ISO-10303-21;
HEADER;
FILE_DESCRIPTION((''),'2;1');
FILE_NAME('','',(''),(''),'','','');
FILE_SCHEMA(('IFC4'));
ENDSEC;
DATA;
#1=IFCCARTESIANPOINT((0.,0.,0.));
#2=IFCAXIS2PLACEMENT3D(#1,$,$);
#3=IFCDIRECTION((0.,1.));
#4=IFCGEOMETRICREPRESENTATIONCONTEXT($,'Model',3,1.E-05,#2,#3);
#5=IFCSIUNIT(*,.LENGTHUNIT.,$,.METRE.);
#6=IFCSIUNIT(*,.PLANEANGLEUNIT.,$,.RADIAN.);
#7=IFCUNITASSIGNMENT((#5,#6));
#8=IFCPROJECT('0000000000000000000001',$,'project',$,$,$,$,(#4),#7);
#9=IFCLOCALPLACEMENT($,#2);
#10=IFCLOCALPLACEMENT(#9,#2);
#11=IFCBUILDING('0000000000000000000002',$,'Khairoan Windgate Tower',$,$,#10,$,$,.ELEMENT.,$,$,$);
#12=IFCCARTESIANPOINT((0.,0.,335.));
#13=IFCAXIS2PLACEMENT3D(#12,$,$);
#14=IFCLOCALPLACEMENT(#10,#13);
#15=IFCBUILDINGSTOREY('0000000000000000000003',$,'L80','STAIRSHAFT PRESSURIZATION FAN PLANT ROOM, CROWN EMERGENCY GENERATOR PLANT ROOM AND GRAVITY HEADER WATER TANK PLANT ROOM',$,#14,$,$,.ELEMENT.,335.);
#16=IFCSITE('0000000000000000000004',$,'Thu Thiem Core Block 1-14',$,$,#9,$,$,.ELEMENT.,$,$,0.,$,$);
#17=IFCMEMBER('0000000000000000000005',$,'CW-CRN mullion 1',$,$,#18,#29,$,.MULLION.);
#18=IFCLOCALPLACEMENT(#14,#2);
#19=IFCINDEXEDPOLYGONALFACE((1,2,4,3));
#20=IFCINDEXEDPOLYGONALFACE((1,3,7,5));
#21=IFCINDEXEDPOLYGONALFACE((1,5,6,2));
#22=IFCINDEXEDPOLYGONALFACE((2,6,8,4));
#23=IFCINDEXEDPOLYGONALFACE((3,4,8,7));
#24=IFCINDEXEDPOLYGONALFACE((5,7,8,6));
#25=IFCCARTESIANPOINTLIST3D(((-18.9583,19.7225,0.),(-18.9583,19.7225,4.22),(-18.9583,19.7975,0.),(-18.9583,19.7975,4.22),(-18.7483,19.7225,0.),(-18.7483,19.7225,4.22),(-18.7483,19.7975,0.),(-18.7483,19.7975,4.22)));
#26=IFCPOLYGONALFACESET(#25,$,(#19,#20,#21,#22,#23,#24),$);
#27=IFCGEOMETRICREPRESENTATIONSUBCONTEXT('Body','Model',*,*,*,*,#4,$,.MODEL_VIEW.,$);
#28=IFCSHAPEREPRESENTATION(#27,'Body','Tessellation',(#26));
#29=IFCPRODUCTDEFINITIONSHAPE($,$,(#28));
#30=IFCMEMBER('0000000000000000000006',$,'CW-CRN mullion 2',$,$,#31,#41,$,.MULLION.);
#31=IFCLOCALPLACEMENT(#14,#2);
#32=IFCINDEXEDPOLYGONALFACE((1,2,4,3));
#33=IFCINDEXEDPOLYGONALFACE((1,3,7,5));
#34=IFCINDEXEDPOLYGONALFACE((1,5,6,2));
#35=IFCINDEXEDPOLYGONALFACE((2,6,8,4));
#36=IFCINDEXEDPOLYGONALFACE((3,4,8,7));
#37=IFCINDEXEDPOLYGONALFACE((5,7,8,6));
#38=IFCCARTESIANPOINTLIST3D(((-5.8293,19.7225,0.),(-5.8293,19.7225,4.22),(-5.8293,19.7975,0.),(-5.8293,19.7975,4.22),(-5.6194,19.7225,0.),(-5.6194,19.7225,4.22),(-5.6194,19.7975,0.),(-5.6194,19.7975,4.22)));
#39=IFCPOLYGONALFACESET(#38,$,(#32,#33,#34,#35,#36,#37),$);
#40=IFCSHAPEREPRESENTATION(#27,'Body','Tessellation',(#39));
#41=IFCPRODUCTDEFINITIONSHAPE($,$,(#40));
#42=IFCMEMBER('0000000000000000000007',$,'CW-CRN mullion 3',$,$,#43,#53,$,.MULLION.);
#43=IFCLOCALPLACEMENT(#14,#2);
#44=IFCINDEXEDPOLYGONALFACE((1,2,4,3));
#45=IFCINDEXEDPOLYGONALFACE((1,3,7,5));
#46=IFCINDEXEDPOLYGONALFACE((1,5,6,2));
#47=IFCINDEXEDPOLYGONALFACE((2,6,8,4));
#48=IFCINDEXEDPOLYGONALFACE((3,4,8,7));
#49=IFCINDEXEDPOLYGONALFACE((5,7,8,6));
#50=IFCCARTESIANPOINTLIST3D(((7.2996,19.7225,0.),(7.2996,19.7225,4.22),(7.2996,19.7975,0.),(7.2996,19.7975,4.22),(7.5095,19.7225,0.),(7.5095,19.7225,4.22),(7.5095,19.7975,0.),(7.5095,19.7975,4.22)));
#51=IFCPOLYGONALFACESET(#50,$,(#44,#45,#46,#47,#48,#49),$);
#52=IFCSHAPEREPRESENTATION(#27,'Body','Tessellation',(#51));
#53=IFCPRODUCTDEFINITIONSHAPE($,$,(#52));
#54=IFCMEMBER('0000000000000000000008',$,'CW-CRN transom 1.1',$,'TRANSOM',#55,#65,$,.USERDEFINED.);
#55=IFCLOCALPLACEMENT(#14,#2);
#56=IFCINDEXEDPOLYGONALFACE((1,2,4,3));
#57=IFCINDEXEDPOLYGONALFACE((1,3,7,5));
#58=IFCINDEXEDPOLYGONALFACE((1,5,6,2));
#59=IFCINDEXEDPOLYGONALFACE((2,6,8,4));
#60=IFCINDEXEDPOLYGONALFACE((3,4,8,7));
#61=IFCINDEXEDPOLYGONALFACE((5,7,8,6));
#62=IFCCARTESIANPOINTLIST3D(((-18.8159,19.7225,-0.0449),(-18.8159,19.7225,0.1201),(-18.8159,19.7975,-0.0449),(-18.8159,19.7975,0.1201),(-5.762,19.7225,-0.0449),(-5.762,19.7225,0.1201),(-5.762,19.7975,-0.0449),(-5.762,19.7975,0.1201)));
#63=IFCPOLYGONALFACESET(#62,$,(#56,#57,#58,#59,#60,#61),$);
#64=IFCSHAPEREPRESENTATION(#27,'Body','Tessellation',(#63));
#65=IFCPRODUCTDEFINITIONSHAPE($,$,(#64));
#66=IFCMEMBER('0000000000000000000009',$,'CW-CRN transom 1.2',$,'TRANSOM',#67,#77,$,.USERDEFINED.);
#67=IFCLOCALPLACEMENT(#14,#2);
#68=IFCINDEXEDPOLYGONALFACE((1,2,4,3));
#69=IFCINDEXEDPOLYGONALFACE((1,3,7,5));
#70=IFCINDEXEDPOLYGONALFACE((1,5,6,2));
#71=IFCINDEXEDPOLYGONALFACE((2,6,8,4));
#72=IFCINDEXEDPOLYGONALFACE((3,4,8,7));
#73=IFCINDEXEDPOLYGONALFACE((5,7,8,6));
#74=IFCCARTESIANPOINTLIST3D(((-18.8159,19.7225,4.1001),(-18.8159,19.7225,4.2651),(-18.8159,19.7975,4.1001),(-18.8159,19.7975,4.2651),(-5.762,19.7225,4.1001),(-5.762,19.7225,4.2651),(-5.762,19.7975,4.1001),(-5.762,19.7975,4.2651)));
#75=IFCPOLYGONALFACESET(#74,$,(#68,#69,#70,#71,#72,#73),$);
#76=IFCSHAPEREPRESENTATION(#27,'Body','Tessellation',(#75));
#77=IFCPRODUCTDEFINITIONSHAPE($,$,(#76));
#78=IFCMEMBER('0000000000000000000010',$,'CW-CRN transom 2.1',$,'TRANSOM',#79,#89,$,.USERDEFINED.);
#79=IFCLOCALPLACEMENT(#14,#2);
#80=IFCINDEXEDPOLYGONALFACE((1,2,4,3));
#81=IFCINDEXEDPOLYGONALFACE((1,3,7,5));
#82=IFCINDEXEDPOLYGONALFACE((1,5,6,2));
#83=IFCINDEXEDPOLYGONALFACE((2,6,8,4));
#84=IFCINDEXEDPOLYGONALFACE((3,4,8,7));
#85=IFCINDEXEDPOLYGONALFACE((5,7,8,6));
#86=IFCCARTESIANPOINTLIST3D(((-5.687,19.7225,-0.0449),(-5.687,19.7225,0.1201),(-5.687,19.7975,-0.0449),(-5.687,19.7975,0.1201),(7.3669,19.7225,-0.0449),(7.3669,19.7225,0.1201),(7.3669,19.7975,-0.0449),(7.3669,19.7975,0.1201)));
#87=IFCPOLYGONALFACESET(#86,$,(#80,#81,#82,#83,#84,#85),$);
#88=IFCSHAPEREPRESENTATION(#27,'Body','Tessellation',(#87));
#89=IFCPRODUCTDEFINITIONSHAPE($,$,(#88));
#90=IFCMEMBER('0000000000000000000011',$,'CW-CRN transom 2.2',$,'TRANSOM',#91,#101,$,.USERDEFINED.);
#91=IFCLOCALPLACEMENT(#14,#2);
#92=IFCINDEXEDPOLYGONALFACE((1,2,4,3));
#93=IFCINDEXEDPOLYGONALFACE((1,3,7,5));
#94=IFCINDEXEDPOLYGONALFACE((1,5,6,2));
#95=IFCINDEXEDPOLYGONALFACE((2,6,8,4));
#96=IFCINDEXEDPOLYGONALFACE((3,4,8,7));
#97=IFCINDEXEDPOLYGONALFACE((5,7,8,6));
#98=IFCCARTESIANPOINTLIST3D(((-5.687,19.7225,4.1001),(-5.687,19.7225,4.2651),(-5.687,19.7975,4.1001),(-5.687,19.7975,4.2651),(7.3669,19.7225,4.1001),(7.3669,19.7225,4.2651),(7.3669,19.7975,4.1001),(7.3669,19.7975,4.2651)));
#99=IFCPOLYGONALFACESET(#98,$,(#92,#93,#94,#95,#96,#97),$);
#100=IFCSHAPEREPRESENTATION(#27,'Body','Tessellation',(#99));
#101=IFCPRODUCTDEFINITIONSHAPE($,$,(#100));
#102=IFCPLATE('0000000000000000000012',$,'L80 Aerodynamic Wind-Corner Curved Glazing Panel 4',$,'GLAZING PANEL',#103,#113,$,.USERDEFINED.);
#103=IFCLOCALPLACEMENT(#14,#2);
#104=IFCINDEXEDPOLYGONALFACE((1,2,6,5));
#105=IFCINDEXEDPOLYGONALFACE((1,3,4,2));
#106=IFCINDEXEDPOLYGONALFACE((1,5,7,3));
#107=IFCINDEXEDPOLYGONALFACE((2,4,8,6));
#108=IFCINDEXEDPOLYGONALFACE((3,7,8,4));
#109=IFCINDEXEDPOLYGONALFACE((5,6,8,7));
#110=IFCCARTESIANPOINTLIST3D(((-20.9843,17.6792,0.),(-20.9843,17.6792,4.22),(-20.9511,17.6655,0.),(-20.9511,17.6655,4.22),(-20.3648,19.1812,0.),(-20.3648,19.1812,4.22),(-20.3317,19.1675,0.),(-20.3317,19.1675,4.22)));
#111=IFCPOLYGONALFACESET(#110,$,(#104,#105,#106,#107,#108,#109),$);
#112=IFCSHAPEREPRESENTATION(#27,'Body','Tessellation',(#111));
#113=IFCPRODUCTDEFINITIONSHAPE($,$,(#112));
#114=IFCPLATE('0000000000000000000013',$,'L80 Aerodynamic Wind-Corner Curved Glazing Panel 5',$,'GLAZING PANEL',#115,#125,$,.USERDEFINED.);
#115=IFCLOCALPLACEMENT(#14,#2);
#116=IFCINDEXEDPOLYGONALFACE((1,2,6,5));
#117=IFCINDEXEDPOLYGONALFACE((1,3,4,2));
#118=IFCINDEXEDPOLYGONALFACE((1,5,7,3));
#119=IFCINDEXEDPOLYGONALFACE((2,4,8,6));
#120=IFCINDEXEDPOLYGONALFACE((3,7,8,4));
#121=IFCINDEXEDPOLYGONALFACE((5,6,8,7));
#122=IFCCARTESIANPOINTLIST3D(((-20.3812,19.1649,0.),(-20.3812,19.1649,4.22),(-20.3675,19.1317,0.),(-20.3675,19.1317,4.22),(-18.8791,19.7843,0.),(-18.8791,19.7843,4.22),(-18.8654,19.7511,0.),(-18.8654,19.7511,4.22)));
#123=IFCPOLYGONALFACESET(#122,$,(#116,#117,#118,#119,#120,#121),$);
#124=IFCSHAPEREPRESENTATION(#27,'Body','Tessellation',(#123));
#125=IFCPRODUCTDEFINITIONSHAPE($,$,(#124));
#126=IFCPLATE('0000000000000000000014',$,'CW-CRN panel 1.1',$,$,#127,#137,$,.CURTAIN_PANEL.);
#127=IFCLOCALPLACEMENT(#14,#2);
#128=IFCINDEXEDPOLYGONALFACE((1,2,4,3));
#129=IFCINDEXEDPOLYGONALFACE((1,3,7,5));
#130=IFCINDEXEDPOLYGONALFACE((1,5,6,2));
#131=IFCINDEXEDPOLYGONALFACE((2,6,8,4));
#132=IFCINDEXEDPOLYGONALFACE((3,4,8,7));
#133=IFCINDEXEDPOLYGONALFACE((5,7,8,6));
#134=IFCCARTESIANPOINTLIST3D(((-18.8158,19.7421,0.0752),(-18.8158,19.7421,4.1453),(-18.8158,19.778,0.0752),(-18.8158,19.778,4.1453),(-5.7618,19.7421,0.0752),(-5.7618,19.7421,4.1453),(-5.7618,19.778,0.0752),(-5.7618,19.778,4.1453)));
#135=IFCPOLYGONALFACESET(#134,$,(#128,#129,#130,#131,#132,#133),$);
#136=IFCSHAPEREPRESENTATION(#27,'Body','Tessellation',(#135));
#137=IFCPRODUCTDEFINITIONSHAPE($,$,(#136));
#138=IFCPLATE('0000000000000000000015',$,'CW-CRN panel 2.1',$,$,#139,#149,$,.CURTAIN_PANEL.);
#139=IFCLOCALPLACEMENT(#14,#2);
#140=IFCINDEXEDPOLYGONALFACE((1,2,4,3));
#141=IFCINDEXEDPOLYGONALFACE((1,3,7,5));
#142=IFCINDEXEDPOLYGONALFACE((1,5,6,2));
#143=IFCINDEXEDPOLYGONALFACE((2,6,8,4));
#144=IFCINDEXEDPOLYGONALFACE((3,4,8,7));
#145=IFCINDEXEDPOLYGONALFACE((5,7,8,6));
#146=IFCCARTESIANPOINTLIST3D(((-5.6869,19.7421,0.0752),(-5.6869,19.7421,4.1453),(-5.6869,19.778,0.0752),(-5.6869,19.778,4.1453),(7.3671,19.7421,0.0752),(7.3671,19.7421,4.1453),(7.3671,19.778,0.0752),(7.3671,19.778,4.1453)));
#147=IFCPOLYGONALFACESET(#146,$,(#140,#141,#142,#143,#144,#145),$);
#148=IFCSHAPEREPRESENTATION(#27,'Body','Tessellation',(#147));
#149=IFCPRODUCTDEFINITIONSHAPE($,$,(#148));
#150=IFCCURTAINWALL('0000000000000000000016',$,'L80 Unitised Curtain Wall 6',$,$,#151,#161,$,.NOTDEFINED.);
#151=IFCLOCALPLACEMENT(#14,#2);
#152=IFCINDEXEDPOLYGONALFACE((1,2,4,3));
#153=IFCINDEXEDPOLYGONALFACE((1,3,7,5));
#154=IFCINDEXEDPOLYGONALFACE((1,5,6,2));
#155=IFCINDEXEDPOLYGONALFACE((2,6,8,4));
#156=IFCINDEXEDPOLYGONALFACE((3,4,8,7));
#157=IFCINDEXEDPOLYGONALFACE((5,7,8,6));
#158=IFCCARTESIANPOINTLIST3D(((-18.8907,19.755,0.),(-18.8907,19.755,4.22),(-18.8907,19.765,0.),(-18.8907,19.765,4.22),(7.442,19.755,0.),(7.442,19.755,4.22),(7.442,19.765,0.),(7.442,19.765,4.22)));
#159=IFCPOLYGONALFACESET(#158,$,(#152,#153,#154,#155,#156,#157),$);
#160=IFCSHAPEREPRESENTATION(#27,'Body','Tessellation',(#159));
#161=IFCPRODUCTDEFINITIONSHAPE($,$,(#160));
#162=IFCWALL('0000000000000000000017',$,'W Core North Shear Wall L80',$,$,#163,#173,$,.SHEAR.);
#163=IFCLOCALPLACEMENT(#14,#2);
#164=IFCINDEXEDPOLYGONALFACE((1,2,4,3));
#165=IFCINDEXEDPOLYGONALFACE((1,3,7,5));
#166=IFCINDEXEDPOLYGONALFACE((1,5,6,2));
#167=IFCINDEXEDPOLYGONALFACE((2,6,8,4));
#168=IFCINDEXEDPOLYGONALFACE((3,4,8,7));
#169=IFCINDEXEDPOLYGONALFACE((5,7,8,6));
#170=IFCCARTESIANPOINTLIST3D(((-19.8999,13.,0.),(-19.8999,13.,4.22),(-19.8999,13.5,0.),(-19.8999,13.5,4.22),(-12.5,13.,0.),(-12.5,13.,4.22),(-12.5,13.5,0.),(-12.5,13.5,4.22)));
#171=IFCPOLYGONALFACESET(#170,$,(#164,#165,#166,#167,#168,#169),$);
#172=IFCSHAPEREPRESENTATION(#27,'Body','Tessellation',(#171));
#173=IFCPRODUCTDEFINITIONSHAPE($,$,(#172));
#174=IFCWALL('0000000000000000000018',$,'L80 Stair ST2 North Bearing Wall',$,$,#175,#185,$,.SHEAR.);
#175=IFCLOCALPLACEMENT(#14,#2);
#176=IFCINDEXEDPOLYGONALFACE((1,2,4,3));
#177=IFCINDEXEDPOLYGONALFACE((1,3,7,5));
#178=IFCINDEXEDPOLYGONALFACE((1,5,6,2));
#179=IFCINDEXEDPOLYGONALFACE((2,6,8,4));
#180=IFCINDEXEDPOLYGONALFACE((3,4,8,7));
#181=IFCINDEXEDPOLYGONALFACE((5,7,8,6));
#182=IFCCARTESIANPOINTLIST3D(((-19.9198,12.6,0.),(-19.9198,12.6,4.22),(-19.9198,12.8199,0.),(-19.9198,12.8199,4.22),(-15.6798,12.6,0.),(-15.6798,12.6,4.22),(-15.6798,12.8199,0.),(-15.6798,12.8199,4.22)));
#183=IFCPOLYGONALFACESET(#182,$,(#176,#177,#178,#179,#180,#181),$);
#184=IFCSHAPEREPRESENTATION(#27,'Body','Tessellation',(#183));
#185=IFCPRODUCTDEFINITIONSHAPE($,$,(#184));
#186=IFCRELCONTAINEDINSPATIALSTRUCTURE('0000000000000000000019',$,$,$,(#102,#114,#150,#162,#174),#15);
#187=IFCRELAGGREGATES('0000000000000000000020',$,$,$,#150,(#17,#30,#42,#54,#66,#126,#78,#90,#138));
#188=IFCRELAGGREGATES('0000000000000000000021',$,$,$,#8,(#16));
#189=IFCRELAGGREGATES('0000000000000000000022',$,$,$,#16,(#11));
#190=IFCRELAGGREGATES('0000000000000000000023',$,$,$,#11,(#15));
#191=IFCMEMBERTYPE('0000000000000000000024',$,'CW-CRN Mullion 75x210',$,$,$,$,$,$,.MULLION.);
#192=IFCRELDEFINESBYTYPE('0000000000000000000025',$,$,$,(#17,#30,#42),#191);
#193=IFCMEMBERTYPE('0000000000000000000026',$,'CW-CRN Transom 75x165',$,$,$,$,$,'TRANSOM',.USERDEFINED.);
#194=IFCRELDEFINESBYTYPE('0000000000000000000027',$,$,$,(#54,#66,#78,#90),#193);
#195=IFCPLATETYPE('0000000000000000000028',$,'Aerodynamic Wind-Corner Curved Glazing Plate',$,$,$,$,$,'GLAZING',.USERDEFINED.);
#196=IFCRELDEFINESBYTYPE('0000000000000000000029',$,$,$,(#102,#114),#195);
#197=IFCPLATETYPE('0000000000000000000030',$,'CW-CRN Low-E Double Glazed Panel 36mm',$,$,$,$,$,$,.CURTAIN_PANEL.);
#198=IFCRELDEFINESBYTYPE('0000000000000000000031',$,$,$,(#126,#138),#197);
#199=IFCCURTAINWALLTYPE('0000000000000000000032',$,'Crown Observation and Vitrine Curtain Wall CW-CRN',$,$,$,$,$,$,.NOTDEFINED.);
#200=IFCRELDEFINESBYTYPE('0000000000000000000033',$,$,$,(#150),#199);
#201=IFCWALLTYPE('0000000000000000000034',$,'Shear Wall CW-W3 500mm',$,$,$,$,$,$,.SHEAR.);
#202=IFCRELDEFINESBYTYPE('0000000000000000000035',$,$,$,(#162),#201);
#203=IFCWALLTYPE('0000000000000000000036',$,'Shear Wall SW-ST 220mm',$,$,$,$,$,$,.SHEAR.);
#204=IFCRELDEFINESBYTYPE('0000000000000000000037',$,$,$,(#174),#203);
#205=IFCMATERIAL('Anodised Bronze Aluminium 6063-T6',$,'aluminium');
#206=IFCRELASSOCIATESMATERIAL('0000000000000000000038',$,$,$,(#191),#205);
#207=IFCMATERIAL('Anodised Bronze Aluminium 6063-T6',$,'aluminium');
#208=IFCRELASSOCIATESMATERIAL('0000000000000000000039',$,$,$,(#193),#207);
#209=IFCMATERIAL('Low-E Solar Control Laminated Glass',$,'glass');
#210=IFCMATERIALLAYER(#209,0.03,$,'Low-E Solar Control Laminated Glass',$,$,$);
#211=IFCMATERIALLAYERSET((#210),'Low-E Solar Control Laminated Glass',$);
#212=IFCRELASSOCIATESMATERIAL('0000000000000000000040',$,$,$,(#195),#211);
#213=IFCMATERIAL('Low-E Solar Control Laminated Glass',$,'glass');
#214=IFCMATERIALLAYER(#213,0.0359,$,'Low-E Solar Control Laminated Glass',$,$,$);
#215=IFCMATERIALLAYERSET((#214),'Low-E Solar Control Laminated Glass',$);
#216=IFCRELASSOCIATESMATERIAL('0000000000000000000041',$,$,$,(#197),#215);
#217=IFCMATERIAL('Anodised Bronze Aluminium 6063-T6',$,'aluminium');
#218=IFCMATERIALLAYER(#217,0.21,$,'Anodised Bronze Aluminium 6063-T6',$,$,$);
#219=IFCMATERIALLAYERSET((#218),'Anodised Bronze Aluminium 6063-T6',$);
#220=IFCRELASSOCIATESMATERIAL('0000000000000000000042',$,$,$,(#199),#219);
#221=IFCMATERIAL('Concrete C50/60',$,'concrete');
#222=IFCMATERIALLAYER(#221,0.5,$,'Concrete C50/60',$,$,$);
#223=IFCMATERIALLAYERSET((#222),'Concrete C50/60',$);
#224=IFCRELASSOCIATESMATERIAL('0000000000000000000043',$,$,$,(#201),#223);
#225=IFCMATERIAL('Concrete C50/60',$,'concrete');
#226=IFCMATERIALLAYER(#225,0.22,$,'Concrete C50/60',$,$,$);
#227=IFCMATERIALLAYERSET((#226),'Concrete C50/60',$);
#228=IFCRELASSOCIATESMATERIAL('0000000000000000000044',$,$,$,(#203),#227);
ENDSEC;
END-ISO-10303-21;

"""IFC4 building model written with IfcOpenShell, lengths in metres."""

from ifc_helpers import new_model, si_unit, direction, frame, frame_2d, origin, origin_2d, place, context, subcontext, project, spatial, rectangle, extrude, material, layer, layer_set, material_profile, profile_set, type_object, element, aggregate, save


model = new_model("IFC4")

# Units and contexts
model_context = context("Model", 3, precision=1e-05, world=origin(), true_north=direction((0.0, 1.0)))
body_context = subcontext(model_context, "Body", "Model", "MODEL_VIEW")
ifc_project = project(units=[si_unit("LENGTHUNIT", "METRE"), si_unit("PLANEANGLEUNIT", "RADIAN")], contexts=[model_context])

# Site, building, storey
site_placement = place(None, origin())
site = spatial("IfcSite", under=ifc_project, at=site_placement, Name="Thu Thiem Core Block 1-14", CompositionType="ELEMENT", RefElevation=0.0)
building_placement = place(site_placement, origin())
building = spatial("IfcBuilding", under=site, at=building_placement, Name="Khairoan Windgate Tower", CompositionType="ELEMENT")
storey_placement = place(building_placement, frame((0.0, 0.0, 335.0)))
storey = spatial("IfcBuildingStorey", under=building, at=storey_placement, Name="L80", Description="STAIRSHAFT PRESSURIZATION FAN PLANT ROOM, CROWN EMERGENCY GENERATOR PLANT ROOM AND GRAVITY HEADER WATER TANK PLANT ROOM", CompositionType="ELEMENT", Elevation=335.0)

# Members
ifc_material_1 = material(Name="Anodised Bronze Aluminium 6063-T6", Category="aluminium")
ifc_material_profile_1 = material_profile(ifc_material_1, rectangle(XDim=0.075, YDim=0.21, at=origin_2d()))
ifc_profile_set_1 = profile_set([ifc_material_profile_1], Name="Anodised Bronze Aluminium 6063-T6")
member_type_1 = type_object("IfcMemberType", Name="CW-CRN Mullion 75x210", PredefinedType="MULLION", material=ifc_profile_set_1)
member_1_placement = place(storey_placement, frame((-18.8533, 19.76, 0.0), z_axis=(0.0, 0.0, 1.0), x_axis=(0.0, 1.0, 0.0)))
member_1 = element("IfcMember", 1, at=member_1_placement, type_object=member_type_1, Name="CW-CRN mullion 1", PredefinedType="MULLION", context=body_context, shape_type="SweptSolid", body=[
    extrude(rectangle(XDim=0.075, YDim=0.21, at=origin_2d()), origin(), (0.0, 0.0, 1.0), 4.22),
])
member_2_placement = place(storey_placement, frame((-5.7244, 19.76, 0.0), z_axis=(0.0, 0.0, 1.0), x_axis=(0.0, 1.0, 0.0)))
member_2 = element("IfcMember", 2, at=member_2_placement, type_object=member_type_1, Name="CW-CRN mullion 2", PredefinedType="MULLION", context=body_context, shape_type="SweptSolid", body=[
    extrude(rectangle(XDim=0.075, YDim=0.21, at=origin_2d()), origin(), (0.0, 0.0, 1.0), 4.22),
])
member_3_placement = place(storey_placement, frame((7.4045, 19.76, 0.0), z_axis=(0.0, 0.0, 1.0), x_axis=(0.0, 1.0, 0.0)))
member_3 = element("IfcMember", 3, at=member_3_placement, type_object=member_type_1, Name="CW-CRN mullion 3", PredefinedType="MULLION", context=body_context, shape_type="SweptSolid", body=[
    extrude(rectangle(XDim=0.075, YDim=0.21, at=origin_2d()), origin(), (0.0, 0.0, 1.0), 4.22),
])
ifc_material_2 = material(Name="Anodised Bronze Aluminium 6063-T6", Category="aluminium")
ifc_material_profile_2 = material_profile(ifc_material_2, rectangle(XDim=0.075, YDim=0.165, at=origin_2d()))
ifc_profile_set_2 = profile_set([ifc_material_profile_2], Name="Anodised Bronze Aluminium 6063-T6")
member_type_2 = type_object("IfcMemberType", Name="CW-CRN Transom 75x165", ElementType="TRANSOM", PredefinedType="USERDEFINED", material=ifc_profile_set_2)
member_4_placement = place(storey_placement, frame((-18.8159, 19.76, 0.0376), z_axis=(1.0, 0.0, 0.0), x_axis=(0.0, 1.0, 0.0)))
member_4 = element("IfcMember", 4, at=member_4_placement, type_object=member_type_2, Name="CW-CRN transom 1.1", ObjectType="TRANSOM", PredefinedType="USERDEFINED", context=body_context, shape_type="SweptSolid", body=[
    extrude(rectangle(XDim=0.075, YDim=0.165, at=origin_2d()), origin(), (0.0, 0.0, 1.0), 13.054),
])
member_5_placement = place(storey_placement, frame((-18.8159, 19.76, 4.1826), z_axis=(1.0, 0.0, 0.0), x_axis=(0.0, 1.0, 0.0)))
member_5 = element("IfcMember", 5, at=member_5_placement, type_object=member_type_2, Name="CW-CRN transom 1.2", ObjectType="TRANSOM", PredefinedType="USERDEFINED", context=body_context, shape_type="SweptSolid", body=[
    extrude(rectangle(XDim=0.075, YDim=0.165, at=origin_2d()), origin(), (0.0, 0.0, 1.0), 13.054),
])
member_6_placement = place(storey_placement, frame((-5.687, 19.76, 0.0376), z_axis=(1.0, 0.0, 0.0), x_axis=(0.0, 1.0, 0.0)))
member_6 = element("IfcMember", 6, at=member_6_placement, type_object=member_type_2, Name="CW-CRN transom 2.1", ObjectType="TRANSOM", PredefinedType="USERDEFINED", context=body_context, shape_type="SweptSolid", body=[
    extrude(rectangle(XDim=0.075, YDim=0.165, at=origin_2d()), origin(), (0.0, 0.0, 1.0), 13.054),
])
member_7_placement = place(storey_placement, frame((-5.687, 19.76, 4.1826), z_axis=(1.0, 0.0, 0.0), x_axis=(0.0, 1.0, 0.0)))
member_7 = element("IfcMember", 7, at=member_7_placement, type_object=member_type_2, Name="CW-CRN transom 2.2", ObjectType="TRANSOM", PredefinedType="USERDEFINED", context=body_context, shape_type="SweptSolid", body=[
    extrude(rectangle(XDim=0.075, YDim=0.165, at=origin_2d()), origin(), (0.0, 0.0, 1.0), 13.054),
])

# Plates
ifc_material_3 = material(Name="Low-E Solar Control Laminated Glass", Category="glass")
ifc_layer_1 = layer(ifc_material_3, 0.03, Name="Low-E Solar Control Laminated Glass")
ifc_layer_set_1 = layer_set([ifc_layer_1], Name="Low-E Solar Control Laminated Glass")
plate_type_1 = type_object("IfcPlateType", Name="Aerodynamic Wind-Corner Curved Glazing Plate", ElementType="GLAZING", PredefinedType="USERDEFINED", material=ifc_layer_set_1)
for number, where, z_axis, x_axis, name in (
    (8, (-20.658, 18.4233, 0.0), (0.0, 0.0, 1.0), (0.381232, 0.92448, 0.0), "L80 Aerodynamic Wind-Corner Curved Glazing Panel 4"),
    (9, (-19.6233, 19.458, 0.0), (0.0, 0.0, 1.0), (0.92448, 0.381232, 0.0), "L80 Aerodynamic Wind-Corner Curved Glazing Panel 5"),
):
    element("IfcPlate", number, at=place(storey_placement, frame(where, z_axis=z_axis, x_axis=x_axis)), inside=storey, type_object=plate_type_1, Name=name, ObjectType="GLAZING PANEL", PredefinedType="USERDEFINED", context=body_context, shape_type="SweptSolid", body=[
        extrude(rectangle(XDim=1.6248, YDim=0.0359, at=origin_2d()), origin(), (0.0, 0.0, 1.0), 4.22),
    ])

# Plates
ifc_material_4 = material(Name="Low-E Solar Control Laminated Glass", Category="glass")
ifc_layer_2 = layer(ifc_material_4, 0.0359, Name="Low-E Solar Control Laminated Glass")
ifc_layer_set_2 = layer_set([ifc_layer_2], Name="Low-E Solar Control Laminated Glass")
plate_type_2 = type_object("IfcPlateType", Name="CW-CRN Low-E Double Glazed Panel 36mm", PredefinedType="CURTAIN_PANEL", material=ifc_layer_set_2)
plate_1_placement = place(storey_placement, frame((-12.2888, 19.76, 0.0752), z_axis=(0.0, 0.0, 1.0), x_axis=(1.0, 0.0, 0.0)))
plate_1 = element("IfcPlate", 10, at=plate_1_placement, type_object=plate_type_2, Name="CW-CRN panel 1.1", PredefinedType="CURTAIN_PANEL", context=body_context, shape_type="SweptSolid", body=[
    extrude(rectangle(XDim=13.054, YDim=0.0359, at=origin_2d()), origin(), (0.0, 0.0, 1.0), 4.0701),
])
plate_2_placement = place(storey_placement, frame((0.8401, 19.76, 0.0752), z_axis=(0.0, 0.0, 1.0), x_axis=(1.0, 0.0, 0.0)))
plate_2 = element("IfcPlate", 11, at=plate_2_placement, type_object=plate_type_2, Name="CW-CRN panel 2.1", PredefinedType="CURTAIN_PANEL", context=body_context, shape_type="SweptSolid", body=[
    extrude(rectangle(XDim=13.054, YDim=0.0359, at=origin_2d()), origin(), (0.0, 0.0, 1.0), 4.0701),
])

# Curtain wall
ifc_material_5 = material(Name="Anodised Bronze Aluminium 6063-T6", Category="aluminium")
ifc_layer_3 = layer(ifc_material_5, 0.21, Name="Anodised Bronze Aluminium 6063-T6")
ifc_layer_set_3 = layer_set([ifc_layer_3], Name="Anodised Bronze Aluminium 6063-T6")
curtain_wall_type = type_object("IfcCurtainWallType", Name="Crown Observation and Vitrine Curtain Wall CW-CRN", PredefinedType="NOTDEFINED", material=ifc_layer_set_3)
curtain_wall_placement = place(storey_placement, frame((-18.8909, 19.76, 0.0), z_axis=(0.0, 0.0, 1.0), x_axis=(1.0, 0.0, 0.0)))
curtain_wall = element("IfcCurtainWall", 12, at=curtain_wall_placement, inside=storey, type_object=curtain_wall_type, Name="L80 Unitised Curtain Wall 6", PredefinedType="NOTDEFINED", context=body_context, shape_type="SweptSolid", body=[
    extrude(rectangle(XDim=26.3328, YDim=0.01, at=frame_2d((13.1665, 0.0))), origin(), (0.0, 0.0, 1.0), 4.22),
])
aggregate(curtain_wall, [member_1, member_2, member_3, member_4, member_5, plate_1, member_6, member_7, plate_2])

# Walls
ifc_material_6 = material(Name="Concrete C50/60", Category="concrete")
ifc_layer_4 = layer(ifc_material_6, 0.5, Name="Concrete C50/60")
ifc_layer_set_4 = layer_set([ifc_layer_4], Name="Concrete C50/60")
wall_type_1 = type_object("IfcWallType", Name="Shear Wall CW-W3 500mm", PredefinedType="SHEAR", material=ifc_layer_set_4)
wall_1_placement = place(storey_placement, frame((-19.8999, 13.25, 0.0), z_axis=(0.0, 0.0, 1.0), x_axis=(1.0, 0.0, 0.0)))
element("IfcWall", 13, at=wall_1_placement, inside=storey, type_object=wall_type_1, Name="W Core North Shear Wall L80", PredefinedType="SHEAR", context=body_context, shape_type="SweptSolid", body=[
    extrude(rectangle(XDim=7.3999, YDim=0.5, at=frame_2d((3.7, 0.0))), origin(), (0.0, 0.0, 1.0), 4.22),
])
ifc_material_7 = material(Name="Concrete C50/60", Category="concrete")
ifc_layer_5 = layer(ifc_material_7, 0.22, Name="Concrete C50/60")
ifc_layer_set_5 = layer_set([ifc_layer_5], Name="Concrete C50/60")
wall_type_2 = type_object("IfcWallType", Name="Shear Wall SW-ST 220mm", PredefinedType="SHEAR", material=ifc_layer_set_5)
wall_2_placement = place(storey_placement, frame((-19.9199, 12.71, 0.0), z_axis=(0.0, 0.0, 1.0), x_axis=(1.0, 0.0, 0.0)))
element("IfcWall", 14, at=wall_2_placement, inside=storey, type_object=wall_type_2, Name="L80 Stair ST2 North Bearing Wall", PredefinedType="SHEAR", context=body_context, shape_type="SweptSolid", body=[
    extrude(rectangle(XDim=4.24, YDim=0.22, at=frame_2d((2.1201, 0.0))), origin(), (0.0, 0.0, 1.0), 4.22),
])

save(model, "model.ifc")
